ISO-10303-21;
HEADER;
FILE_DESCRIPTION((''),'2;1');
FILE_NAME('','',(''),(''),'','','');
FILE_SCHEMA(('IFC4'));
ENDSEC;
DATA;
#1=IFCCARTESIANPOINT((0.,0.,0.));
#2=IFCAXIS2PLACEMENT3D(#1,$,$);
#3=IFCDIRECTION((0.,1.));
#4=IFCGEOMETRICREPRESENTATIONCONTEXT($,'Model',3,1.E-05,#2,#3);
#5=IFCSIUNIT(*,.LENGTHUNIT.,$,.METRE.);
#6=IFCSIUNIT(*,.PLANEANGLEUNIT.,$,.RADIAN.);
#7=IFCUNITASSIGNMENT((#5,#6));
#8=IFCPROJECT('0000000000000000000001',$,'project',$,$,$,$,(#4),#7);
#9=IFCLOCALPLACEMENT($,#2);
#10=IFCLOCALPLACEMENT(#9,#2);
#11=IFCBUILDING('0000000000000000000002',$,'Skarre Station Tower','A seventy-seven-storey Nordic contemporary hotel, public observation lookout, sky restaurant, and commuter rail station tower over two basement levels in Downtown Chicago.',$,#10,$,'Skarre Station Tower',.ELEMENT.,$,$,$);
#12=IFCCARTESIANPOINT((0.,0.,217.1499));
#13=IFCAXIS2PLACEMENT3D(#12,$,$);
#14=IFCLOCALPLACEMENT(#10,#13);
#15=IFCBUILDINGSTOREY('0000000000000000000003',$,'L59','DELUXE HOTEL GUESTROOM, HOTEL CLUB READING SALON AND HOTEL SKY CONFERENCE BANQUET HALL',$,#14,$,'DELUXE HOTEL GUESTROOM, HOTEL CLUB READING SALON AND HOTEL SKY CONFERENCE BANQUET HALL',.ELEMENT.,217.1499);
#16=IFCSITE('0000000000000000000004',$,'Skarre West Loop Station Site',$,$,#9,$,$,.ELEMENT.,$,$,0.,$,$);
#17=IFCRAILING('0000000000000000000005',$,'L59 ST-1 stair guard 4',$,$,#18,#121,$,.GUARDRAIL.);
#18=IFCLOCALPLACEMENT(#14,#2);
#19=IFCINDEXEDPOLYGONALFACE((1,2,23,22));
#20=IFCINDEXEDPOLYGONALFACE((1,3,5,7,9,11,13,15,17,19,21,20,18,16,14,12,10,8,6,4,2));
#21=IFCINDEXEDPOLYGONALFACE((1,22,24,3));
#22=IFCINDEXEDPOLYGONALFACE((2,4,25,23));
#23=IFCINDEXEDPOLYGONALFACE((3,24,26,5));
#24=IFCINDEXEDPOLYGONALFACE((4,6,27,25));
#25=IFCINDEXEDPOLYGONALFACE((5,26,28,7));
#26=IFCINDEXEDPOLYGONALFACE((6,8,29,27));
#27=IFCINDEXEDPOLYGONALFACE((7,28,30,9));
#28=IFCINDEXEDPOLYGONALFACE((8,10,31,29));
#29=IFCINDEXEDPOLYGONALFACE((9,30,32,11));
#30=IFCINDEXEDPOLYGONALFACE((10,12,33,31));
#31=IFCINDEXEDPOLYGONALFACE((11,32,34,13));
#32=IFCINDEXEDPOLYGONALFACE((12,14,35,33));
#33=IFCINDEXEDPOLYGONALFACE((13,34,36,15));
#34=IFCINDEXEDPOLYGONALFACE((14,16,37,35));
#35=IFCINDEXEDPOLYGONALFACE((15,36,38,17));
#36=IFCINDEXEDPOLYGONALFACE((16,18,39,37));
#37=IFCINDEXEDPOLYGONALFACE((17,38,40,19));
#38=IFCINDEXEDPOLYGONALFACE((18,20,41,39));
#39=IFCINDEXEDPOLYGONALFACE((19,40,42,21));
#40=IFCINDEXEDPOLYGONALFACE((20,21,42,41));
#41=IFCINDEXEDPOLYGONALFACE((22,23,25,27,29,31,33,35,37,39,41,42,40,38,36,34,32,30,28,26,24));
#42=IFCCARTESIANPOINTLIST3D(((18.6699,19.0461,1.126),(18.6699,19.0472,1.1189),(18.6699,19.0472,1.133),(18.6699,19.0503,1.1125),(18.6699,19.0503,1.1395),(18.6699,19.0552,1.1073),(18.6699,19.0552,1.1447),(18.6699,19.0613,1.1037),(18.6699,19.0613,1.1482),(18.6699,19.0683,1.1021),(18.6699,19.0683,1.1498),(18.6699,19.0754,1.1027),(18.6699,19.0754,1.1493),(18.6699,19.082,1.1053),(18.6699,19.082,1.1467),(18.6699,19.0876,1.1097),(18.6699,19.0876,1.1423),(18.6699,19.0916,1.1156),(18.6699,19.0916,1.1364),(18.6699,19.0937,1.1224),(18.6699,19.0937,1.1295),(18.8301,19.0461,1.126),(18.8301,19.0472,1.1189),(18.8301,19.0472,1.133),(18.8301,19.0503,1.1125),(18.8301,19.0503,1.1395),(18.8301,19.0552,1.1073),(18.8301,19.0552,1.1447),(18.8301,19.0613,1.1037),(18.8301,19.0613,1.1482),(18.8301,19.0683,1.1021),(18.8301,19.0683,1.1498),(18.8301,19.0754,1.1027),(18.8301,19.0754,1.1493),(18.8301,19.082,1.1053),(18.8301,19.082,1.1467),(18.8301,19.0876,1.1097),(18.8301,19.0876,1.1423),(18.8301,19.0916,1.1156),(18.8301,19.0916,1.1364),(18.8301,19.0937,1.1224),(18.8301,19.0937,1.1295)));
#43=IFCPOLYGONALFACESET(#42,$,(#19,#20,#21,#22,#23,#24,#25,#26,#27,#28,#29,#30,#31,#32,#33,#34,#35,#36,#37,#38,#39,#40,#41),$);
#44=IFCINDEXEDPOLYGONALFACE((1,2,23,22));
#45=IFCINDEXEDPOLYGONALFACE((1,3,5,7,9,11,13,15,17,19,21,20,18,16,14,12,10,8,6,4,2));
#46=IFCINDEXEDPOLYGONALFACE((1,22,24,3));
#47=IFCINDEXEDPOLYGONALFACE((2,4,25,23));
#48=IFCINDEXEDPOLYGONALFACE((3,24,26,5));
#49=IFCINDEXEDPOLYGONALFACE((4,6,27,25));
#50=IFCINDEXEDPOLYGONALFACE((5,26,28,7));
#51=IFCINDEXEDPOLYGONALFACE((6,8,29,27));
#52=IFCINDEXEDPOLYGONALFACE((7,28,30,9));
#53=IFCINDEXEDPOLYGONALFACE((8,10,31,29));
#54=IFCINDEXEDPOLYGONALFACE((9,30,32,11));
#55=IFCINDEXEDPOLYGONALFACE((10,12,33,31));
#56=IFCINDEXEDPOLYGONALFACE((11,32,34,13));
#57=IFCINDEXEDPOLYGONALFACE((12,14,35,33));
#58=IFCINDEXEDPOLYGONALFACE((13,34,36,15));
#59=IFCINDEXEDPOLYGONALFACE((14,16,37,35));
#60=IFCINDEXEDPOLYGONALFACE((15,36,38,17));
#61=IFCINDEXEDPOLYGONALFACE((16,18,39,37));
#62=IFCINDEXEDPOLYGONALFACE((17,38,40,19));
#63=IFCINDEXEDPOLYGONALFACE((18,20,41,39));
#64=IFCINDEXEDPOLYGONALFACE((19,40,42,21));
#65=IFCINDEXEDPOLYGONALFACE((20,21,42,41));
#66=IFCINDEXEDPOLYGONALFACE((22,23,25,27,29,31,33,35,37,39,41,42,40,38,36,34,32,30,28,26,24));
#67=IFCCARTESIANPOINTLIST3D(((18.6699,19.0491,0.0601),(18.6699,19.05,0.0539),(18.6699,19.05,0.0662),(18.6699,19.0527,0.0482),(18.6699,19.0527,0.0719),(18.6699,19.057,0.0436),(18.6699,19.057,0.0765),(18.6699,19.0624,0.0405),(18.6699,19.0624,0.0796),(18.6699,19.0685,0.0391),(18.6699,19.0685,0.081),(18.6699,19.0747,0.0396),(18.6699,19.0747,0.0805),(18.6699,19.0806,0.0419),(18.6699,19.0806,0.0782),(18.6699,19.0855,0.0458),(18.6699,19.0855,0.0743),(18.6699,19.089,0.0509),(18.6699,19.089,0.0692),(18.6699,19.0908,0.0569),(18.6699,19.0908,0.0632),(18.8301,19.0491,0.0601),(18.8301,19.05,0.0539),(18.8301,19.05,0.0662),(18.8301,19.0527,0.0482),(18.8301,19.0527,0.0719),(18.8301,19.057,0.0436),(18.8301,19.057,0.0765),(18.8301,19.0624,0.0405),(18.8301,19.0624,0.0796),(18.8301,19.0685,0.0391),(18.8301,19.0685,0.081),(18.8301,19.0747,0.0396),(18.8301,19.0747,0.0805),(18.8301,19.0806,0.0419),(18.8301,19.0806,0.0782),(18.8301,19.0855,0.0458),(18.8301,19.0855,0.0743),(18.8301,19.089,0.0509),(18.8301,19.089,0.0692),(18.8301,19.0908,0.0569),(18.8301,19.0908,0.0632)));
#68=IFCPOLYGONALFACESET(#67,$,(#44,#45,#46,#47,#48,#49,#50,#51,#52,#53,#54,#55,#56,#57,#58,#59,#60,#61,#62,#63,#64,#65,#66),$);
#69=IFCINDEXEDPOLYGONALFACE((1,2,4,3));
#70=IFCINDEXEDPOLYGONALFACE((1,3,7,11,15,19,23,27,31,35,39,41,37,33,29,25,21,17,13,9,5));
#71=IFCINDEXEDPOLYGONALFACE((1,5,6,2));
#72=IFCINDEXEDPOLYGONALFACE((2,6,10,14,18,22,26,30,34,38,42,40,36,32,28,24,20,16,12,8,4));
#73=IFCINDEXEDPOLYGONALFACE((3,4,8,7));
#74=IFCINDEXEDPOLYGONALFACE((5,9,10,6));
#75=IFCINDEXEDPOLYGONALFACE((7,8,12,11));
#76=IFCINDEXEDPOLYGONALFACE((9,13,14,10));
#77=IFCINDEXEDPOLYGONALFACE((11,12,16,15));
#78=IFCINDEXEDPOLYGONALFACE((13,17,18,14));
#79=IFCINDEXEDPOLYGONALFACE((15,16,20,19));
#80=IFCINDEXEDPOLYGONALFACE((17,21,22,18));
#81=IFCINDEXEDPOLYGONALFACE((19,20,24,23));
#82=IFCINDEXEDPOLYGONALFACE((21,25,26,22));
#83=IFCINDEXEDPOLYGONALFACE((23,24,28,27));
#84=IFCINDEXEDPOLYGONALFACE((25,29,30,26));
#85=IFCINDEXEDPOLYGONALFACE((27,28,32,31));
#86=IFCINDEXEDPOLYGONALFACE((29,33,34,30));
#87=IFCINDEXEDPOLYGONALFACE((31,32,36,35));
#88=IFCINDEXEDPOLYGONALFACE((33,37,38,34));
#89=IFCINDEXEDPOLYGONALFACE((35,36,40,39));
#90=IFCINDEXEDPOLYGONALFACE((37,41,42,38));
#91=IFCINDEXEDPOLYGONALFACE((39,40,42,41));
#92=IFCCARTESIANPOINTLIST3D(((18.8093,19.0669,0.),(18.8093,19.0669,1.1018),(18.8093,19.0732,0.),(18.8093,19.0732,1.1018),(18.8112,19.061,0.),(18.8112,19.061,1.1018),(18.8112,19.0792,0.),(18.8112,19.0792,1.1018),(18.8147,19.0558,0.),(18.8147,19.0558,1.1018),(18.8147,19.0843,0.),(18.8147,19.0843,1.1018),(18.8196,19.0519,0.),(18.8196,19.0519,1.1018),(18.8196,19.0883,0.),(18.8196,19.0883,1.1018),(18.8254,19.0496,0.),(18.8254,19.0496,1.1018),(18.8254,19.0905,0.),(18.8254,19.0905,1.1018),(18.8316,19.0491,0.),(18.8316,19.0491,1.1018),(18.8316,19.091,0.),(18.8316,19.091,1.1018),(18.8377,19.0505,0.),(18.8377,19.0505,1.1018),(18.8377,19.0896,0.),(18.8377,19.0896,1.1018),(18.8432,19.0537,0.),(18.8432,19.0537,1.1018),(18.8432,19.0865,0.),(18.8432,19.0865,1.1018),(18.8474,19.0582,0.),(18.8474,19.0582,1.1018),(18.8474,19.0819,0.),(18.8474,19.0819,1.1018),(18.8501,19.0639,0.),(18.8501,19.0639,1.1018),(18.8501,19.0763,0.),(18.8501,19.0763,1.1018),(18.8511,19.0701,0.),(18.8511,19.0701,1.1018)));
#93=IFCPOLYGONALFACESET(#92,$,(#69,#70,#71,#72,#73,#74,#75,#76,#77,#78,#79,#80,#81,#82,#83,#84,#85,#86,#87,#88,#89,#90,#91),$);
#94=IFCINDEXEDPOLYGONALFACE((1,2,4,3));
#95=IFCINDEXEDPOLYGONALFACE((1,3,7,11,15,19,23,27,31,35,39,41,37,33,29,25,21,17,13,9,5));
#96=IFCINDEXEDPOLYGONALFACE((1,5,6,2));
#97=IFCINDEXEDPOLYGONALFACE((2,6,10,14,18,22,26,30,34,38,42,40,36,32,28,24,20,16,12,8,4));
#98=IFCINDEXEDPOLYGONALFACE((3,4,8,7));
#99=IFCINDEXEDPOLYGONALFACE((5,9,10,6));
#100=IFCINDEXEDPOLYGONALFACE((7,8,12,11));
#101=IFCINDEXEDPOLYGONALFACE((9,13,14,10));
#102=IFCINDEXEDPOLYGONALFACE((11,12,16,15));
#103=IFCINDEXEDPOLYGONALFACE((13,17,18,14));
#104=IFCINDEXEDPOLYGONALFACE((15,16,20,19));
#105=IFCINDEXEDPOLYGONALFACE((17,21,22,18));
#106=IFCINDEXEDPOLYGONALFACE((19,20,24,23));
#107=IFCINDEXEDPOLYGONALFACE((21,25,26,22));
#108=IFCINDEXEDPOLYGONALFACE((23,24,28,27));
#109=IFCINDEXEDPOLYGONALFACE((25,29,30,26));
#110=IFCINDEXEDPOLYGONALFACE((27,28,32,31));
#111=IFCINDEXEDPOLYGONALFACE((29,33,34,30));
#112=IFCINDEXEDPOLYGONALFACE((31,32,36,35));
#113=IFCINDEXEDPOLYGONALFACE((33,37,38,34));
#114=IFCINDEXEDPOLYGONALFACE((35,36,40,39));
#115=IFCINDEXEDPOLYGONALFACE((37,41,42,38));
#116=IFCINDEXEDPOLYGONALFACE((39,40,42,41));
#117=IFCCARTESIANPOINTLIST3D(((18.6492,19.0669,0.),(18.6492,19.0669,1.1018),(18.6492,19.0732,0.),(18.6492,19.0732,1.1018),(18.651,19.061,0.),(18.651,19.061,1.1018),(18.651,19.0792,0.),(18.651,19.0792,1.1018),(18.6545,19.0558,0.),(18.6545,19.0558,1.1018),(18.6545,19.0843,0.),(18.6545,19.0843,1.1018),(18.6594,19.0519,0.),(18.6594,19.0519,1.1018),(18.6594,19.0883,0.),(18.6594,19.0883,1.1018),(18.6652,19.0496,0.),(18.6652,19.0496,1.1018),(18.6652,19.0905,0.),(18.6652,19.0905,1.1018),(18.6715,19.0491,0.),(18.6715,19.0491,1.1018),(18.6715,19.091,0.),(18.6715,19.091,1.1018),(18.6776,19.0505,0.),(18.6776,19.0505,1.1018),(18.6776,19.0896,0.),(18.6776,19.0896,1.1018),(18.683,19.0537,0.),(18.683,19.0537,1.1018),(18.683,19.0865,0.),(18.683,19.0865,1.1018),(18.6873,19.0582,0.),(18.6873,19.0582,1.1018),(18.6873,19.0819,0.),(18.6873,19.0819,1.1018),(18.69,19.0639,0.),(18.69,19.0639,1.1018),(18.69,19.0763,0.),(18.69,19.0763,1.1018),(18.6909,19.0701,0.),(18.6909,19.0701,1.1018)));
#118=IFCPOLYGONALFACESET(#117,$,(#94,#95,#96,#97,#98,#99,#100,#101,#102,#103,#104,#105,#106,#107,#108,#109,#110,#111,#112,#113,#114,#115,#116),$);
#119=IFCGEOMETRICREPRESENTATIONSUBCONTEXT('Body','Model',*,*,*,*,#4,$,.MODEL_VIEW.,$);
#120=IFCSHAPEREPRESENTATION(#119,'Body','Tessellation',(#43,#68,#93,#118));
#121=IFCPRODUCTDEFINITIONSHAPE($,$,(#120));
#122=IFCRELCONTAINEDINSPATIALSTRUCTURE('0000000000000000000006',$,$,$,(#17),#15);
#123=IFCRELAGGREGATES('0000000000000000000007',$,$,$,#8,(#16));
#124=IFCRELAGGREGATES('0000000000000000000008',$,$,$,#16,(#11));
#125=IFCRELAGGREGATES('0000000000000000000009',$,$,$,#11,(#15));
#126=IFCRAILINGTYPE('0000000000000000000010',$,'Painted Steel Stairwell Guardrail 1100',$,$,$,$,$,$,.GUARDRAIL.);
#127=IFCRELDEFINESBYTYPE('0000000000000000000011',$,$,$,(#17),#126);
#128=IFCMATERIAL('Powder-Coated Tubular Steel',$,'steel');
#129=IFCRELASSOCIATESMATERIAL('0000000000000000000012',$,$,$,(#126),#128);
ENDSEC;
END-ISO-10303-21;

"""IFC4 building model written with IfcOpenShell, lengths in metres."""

from ifc_helpers import new_model, si_unit, direction, frame, origin, origin_2d, place, context, subcontext, project, spatial, circle, extrude, material, type_object, element, save


model = new_model("IFC4")

# Units and contexts
model_context = context("Model", 3, precision=1e-05, world=origin(), true_north=direction((0.0, 1.0)))
body_context = subcontext(model_context, "Body", "Model", "MODEL_VIEW")
ifc_project = project(units=[si_unit("LENGTHUNIT", "METRE"), si_unit("PLANEANGLEUNIT", "RADIAN")], contexts=[model_context])

# Site, building, storey
site_placement = place(None, origin())
site = spatial("IfcSite", under=ifc_project, at=site_placement, Name="Skarre West Loop Station Site", CompositionType="ELEMENT", RefElevation=0.0)
building_placement = place(site_placement, origin())
building = spatial("IfcBuilding", under=site, at=building_placement, Name="Skarre Station Tower", Description="A seventy-seven-storey Nordic contemporary hotel, public observation lookout, sky restaurant, and commuter rail station tower over two basement levels in Downtown Chicago.", LongName="Skarre Station Tower", CompositionType="ELEMENT")
storey_placement = place(building_placement, frame((0.0, 0.0, 217.1499)))
storey = spatial("IfcBuildingStorey", under=building, at=storey_placement, Name="L59", Description="DELUXE HOTEL GUESTROOM, HOTEL CLUB READING SALON AND HOTEL SKY CONFERENCE BANQUET HALL", LongName="DELUXE HOTEL GUESTROOM, HOTEL CLUB READING SALON AND HOTEL SKY CONFERENCE BANQUET HALL", CompositionType="ELEMENT", Elevation=217.1499)

# Railing
ifc_material_1 = material(Name="Powder-Coated Tubular Steel", Category="steel")
railing_type_1 = type_object("IfcRailingType", Name="Painted Steel Stairwell Guardrail 1100", PredefinedType="GUARDRAIL", material=ifc_material_1)
railing_1_placement = place(storey_placement, frame((18.8301, 19.0701, 0.0)))
element("IfcRailing", 1, at=railing_1_placement, inside=storey, type_object=railing_type_1, Name="L59 ST-1 stair guard 4", PredefinedType="GUARDRAIL", context=body_context, shape_type="SweptSolid", body=[
    extrude(circle(Radius=0.0239, at=origin_2d()), frame((0.0, 0.0, 1.126), z_axis=(-1.0, 0.0, 0.0), x_axis=(0.0, -1.0, 0.0)), (0.0, 0.0, 1.0), 0.1602),
    extrude(circle(Radius=0.021, at=origin_2d()), frame((0.0, 0.0, 0.0601), z_axis=(-1.0, 0.0, 0.0), x_axis=(0.0, -1.0, 0.0)), (0.0, 0.0, 1.0), 0.1602),
    extrude(circle(Radius=0.021, at=origin_2d()), origin(), (0.0, 0.0, 1.0), 1.1018),
    extrude(circle(Radius=0.021, at=origin_2d()), frame((-0.1602, 0.0, 0.0)), (0.0, 0.0, 1.0), 1.1018),
])

save(model, "model.ifc")
